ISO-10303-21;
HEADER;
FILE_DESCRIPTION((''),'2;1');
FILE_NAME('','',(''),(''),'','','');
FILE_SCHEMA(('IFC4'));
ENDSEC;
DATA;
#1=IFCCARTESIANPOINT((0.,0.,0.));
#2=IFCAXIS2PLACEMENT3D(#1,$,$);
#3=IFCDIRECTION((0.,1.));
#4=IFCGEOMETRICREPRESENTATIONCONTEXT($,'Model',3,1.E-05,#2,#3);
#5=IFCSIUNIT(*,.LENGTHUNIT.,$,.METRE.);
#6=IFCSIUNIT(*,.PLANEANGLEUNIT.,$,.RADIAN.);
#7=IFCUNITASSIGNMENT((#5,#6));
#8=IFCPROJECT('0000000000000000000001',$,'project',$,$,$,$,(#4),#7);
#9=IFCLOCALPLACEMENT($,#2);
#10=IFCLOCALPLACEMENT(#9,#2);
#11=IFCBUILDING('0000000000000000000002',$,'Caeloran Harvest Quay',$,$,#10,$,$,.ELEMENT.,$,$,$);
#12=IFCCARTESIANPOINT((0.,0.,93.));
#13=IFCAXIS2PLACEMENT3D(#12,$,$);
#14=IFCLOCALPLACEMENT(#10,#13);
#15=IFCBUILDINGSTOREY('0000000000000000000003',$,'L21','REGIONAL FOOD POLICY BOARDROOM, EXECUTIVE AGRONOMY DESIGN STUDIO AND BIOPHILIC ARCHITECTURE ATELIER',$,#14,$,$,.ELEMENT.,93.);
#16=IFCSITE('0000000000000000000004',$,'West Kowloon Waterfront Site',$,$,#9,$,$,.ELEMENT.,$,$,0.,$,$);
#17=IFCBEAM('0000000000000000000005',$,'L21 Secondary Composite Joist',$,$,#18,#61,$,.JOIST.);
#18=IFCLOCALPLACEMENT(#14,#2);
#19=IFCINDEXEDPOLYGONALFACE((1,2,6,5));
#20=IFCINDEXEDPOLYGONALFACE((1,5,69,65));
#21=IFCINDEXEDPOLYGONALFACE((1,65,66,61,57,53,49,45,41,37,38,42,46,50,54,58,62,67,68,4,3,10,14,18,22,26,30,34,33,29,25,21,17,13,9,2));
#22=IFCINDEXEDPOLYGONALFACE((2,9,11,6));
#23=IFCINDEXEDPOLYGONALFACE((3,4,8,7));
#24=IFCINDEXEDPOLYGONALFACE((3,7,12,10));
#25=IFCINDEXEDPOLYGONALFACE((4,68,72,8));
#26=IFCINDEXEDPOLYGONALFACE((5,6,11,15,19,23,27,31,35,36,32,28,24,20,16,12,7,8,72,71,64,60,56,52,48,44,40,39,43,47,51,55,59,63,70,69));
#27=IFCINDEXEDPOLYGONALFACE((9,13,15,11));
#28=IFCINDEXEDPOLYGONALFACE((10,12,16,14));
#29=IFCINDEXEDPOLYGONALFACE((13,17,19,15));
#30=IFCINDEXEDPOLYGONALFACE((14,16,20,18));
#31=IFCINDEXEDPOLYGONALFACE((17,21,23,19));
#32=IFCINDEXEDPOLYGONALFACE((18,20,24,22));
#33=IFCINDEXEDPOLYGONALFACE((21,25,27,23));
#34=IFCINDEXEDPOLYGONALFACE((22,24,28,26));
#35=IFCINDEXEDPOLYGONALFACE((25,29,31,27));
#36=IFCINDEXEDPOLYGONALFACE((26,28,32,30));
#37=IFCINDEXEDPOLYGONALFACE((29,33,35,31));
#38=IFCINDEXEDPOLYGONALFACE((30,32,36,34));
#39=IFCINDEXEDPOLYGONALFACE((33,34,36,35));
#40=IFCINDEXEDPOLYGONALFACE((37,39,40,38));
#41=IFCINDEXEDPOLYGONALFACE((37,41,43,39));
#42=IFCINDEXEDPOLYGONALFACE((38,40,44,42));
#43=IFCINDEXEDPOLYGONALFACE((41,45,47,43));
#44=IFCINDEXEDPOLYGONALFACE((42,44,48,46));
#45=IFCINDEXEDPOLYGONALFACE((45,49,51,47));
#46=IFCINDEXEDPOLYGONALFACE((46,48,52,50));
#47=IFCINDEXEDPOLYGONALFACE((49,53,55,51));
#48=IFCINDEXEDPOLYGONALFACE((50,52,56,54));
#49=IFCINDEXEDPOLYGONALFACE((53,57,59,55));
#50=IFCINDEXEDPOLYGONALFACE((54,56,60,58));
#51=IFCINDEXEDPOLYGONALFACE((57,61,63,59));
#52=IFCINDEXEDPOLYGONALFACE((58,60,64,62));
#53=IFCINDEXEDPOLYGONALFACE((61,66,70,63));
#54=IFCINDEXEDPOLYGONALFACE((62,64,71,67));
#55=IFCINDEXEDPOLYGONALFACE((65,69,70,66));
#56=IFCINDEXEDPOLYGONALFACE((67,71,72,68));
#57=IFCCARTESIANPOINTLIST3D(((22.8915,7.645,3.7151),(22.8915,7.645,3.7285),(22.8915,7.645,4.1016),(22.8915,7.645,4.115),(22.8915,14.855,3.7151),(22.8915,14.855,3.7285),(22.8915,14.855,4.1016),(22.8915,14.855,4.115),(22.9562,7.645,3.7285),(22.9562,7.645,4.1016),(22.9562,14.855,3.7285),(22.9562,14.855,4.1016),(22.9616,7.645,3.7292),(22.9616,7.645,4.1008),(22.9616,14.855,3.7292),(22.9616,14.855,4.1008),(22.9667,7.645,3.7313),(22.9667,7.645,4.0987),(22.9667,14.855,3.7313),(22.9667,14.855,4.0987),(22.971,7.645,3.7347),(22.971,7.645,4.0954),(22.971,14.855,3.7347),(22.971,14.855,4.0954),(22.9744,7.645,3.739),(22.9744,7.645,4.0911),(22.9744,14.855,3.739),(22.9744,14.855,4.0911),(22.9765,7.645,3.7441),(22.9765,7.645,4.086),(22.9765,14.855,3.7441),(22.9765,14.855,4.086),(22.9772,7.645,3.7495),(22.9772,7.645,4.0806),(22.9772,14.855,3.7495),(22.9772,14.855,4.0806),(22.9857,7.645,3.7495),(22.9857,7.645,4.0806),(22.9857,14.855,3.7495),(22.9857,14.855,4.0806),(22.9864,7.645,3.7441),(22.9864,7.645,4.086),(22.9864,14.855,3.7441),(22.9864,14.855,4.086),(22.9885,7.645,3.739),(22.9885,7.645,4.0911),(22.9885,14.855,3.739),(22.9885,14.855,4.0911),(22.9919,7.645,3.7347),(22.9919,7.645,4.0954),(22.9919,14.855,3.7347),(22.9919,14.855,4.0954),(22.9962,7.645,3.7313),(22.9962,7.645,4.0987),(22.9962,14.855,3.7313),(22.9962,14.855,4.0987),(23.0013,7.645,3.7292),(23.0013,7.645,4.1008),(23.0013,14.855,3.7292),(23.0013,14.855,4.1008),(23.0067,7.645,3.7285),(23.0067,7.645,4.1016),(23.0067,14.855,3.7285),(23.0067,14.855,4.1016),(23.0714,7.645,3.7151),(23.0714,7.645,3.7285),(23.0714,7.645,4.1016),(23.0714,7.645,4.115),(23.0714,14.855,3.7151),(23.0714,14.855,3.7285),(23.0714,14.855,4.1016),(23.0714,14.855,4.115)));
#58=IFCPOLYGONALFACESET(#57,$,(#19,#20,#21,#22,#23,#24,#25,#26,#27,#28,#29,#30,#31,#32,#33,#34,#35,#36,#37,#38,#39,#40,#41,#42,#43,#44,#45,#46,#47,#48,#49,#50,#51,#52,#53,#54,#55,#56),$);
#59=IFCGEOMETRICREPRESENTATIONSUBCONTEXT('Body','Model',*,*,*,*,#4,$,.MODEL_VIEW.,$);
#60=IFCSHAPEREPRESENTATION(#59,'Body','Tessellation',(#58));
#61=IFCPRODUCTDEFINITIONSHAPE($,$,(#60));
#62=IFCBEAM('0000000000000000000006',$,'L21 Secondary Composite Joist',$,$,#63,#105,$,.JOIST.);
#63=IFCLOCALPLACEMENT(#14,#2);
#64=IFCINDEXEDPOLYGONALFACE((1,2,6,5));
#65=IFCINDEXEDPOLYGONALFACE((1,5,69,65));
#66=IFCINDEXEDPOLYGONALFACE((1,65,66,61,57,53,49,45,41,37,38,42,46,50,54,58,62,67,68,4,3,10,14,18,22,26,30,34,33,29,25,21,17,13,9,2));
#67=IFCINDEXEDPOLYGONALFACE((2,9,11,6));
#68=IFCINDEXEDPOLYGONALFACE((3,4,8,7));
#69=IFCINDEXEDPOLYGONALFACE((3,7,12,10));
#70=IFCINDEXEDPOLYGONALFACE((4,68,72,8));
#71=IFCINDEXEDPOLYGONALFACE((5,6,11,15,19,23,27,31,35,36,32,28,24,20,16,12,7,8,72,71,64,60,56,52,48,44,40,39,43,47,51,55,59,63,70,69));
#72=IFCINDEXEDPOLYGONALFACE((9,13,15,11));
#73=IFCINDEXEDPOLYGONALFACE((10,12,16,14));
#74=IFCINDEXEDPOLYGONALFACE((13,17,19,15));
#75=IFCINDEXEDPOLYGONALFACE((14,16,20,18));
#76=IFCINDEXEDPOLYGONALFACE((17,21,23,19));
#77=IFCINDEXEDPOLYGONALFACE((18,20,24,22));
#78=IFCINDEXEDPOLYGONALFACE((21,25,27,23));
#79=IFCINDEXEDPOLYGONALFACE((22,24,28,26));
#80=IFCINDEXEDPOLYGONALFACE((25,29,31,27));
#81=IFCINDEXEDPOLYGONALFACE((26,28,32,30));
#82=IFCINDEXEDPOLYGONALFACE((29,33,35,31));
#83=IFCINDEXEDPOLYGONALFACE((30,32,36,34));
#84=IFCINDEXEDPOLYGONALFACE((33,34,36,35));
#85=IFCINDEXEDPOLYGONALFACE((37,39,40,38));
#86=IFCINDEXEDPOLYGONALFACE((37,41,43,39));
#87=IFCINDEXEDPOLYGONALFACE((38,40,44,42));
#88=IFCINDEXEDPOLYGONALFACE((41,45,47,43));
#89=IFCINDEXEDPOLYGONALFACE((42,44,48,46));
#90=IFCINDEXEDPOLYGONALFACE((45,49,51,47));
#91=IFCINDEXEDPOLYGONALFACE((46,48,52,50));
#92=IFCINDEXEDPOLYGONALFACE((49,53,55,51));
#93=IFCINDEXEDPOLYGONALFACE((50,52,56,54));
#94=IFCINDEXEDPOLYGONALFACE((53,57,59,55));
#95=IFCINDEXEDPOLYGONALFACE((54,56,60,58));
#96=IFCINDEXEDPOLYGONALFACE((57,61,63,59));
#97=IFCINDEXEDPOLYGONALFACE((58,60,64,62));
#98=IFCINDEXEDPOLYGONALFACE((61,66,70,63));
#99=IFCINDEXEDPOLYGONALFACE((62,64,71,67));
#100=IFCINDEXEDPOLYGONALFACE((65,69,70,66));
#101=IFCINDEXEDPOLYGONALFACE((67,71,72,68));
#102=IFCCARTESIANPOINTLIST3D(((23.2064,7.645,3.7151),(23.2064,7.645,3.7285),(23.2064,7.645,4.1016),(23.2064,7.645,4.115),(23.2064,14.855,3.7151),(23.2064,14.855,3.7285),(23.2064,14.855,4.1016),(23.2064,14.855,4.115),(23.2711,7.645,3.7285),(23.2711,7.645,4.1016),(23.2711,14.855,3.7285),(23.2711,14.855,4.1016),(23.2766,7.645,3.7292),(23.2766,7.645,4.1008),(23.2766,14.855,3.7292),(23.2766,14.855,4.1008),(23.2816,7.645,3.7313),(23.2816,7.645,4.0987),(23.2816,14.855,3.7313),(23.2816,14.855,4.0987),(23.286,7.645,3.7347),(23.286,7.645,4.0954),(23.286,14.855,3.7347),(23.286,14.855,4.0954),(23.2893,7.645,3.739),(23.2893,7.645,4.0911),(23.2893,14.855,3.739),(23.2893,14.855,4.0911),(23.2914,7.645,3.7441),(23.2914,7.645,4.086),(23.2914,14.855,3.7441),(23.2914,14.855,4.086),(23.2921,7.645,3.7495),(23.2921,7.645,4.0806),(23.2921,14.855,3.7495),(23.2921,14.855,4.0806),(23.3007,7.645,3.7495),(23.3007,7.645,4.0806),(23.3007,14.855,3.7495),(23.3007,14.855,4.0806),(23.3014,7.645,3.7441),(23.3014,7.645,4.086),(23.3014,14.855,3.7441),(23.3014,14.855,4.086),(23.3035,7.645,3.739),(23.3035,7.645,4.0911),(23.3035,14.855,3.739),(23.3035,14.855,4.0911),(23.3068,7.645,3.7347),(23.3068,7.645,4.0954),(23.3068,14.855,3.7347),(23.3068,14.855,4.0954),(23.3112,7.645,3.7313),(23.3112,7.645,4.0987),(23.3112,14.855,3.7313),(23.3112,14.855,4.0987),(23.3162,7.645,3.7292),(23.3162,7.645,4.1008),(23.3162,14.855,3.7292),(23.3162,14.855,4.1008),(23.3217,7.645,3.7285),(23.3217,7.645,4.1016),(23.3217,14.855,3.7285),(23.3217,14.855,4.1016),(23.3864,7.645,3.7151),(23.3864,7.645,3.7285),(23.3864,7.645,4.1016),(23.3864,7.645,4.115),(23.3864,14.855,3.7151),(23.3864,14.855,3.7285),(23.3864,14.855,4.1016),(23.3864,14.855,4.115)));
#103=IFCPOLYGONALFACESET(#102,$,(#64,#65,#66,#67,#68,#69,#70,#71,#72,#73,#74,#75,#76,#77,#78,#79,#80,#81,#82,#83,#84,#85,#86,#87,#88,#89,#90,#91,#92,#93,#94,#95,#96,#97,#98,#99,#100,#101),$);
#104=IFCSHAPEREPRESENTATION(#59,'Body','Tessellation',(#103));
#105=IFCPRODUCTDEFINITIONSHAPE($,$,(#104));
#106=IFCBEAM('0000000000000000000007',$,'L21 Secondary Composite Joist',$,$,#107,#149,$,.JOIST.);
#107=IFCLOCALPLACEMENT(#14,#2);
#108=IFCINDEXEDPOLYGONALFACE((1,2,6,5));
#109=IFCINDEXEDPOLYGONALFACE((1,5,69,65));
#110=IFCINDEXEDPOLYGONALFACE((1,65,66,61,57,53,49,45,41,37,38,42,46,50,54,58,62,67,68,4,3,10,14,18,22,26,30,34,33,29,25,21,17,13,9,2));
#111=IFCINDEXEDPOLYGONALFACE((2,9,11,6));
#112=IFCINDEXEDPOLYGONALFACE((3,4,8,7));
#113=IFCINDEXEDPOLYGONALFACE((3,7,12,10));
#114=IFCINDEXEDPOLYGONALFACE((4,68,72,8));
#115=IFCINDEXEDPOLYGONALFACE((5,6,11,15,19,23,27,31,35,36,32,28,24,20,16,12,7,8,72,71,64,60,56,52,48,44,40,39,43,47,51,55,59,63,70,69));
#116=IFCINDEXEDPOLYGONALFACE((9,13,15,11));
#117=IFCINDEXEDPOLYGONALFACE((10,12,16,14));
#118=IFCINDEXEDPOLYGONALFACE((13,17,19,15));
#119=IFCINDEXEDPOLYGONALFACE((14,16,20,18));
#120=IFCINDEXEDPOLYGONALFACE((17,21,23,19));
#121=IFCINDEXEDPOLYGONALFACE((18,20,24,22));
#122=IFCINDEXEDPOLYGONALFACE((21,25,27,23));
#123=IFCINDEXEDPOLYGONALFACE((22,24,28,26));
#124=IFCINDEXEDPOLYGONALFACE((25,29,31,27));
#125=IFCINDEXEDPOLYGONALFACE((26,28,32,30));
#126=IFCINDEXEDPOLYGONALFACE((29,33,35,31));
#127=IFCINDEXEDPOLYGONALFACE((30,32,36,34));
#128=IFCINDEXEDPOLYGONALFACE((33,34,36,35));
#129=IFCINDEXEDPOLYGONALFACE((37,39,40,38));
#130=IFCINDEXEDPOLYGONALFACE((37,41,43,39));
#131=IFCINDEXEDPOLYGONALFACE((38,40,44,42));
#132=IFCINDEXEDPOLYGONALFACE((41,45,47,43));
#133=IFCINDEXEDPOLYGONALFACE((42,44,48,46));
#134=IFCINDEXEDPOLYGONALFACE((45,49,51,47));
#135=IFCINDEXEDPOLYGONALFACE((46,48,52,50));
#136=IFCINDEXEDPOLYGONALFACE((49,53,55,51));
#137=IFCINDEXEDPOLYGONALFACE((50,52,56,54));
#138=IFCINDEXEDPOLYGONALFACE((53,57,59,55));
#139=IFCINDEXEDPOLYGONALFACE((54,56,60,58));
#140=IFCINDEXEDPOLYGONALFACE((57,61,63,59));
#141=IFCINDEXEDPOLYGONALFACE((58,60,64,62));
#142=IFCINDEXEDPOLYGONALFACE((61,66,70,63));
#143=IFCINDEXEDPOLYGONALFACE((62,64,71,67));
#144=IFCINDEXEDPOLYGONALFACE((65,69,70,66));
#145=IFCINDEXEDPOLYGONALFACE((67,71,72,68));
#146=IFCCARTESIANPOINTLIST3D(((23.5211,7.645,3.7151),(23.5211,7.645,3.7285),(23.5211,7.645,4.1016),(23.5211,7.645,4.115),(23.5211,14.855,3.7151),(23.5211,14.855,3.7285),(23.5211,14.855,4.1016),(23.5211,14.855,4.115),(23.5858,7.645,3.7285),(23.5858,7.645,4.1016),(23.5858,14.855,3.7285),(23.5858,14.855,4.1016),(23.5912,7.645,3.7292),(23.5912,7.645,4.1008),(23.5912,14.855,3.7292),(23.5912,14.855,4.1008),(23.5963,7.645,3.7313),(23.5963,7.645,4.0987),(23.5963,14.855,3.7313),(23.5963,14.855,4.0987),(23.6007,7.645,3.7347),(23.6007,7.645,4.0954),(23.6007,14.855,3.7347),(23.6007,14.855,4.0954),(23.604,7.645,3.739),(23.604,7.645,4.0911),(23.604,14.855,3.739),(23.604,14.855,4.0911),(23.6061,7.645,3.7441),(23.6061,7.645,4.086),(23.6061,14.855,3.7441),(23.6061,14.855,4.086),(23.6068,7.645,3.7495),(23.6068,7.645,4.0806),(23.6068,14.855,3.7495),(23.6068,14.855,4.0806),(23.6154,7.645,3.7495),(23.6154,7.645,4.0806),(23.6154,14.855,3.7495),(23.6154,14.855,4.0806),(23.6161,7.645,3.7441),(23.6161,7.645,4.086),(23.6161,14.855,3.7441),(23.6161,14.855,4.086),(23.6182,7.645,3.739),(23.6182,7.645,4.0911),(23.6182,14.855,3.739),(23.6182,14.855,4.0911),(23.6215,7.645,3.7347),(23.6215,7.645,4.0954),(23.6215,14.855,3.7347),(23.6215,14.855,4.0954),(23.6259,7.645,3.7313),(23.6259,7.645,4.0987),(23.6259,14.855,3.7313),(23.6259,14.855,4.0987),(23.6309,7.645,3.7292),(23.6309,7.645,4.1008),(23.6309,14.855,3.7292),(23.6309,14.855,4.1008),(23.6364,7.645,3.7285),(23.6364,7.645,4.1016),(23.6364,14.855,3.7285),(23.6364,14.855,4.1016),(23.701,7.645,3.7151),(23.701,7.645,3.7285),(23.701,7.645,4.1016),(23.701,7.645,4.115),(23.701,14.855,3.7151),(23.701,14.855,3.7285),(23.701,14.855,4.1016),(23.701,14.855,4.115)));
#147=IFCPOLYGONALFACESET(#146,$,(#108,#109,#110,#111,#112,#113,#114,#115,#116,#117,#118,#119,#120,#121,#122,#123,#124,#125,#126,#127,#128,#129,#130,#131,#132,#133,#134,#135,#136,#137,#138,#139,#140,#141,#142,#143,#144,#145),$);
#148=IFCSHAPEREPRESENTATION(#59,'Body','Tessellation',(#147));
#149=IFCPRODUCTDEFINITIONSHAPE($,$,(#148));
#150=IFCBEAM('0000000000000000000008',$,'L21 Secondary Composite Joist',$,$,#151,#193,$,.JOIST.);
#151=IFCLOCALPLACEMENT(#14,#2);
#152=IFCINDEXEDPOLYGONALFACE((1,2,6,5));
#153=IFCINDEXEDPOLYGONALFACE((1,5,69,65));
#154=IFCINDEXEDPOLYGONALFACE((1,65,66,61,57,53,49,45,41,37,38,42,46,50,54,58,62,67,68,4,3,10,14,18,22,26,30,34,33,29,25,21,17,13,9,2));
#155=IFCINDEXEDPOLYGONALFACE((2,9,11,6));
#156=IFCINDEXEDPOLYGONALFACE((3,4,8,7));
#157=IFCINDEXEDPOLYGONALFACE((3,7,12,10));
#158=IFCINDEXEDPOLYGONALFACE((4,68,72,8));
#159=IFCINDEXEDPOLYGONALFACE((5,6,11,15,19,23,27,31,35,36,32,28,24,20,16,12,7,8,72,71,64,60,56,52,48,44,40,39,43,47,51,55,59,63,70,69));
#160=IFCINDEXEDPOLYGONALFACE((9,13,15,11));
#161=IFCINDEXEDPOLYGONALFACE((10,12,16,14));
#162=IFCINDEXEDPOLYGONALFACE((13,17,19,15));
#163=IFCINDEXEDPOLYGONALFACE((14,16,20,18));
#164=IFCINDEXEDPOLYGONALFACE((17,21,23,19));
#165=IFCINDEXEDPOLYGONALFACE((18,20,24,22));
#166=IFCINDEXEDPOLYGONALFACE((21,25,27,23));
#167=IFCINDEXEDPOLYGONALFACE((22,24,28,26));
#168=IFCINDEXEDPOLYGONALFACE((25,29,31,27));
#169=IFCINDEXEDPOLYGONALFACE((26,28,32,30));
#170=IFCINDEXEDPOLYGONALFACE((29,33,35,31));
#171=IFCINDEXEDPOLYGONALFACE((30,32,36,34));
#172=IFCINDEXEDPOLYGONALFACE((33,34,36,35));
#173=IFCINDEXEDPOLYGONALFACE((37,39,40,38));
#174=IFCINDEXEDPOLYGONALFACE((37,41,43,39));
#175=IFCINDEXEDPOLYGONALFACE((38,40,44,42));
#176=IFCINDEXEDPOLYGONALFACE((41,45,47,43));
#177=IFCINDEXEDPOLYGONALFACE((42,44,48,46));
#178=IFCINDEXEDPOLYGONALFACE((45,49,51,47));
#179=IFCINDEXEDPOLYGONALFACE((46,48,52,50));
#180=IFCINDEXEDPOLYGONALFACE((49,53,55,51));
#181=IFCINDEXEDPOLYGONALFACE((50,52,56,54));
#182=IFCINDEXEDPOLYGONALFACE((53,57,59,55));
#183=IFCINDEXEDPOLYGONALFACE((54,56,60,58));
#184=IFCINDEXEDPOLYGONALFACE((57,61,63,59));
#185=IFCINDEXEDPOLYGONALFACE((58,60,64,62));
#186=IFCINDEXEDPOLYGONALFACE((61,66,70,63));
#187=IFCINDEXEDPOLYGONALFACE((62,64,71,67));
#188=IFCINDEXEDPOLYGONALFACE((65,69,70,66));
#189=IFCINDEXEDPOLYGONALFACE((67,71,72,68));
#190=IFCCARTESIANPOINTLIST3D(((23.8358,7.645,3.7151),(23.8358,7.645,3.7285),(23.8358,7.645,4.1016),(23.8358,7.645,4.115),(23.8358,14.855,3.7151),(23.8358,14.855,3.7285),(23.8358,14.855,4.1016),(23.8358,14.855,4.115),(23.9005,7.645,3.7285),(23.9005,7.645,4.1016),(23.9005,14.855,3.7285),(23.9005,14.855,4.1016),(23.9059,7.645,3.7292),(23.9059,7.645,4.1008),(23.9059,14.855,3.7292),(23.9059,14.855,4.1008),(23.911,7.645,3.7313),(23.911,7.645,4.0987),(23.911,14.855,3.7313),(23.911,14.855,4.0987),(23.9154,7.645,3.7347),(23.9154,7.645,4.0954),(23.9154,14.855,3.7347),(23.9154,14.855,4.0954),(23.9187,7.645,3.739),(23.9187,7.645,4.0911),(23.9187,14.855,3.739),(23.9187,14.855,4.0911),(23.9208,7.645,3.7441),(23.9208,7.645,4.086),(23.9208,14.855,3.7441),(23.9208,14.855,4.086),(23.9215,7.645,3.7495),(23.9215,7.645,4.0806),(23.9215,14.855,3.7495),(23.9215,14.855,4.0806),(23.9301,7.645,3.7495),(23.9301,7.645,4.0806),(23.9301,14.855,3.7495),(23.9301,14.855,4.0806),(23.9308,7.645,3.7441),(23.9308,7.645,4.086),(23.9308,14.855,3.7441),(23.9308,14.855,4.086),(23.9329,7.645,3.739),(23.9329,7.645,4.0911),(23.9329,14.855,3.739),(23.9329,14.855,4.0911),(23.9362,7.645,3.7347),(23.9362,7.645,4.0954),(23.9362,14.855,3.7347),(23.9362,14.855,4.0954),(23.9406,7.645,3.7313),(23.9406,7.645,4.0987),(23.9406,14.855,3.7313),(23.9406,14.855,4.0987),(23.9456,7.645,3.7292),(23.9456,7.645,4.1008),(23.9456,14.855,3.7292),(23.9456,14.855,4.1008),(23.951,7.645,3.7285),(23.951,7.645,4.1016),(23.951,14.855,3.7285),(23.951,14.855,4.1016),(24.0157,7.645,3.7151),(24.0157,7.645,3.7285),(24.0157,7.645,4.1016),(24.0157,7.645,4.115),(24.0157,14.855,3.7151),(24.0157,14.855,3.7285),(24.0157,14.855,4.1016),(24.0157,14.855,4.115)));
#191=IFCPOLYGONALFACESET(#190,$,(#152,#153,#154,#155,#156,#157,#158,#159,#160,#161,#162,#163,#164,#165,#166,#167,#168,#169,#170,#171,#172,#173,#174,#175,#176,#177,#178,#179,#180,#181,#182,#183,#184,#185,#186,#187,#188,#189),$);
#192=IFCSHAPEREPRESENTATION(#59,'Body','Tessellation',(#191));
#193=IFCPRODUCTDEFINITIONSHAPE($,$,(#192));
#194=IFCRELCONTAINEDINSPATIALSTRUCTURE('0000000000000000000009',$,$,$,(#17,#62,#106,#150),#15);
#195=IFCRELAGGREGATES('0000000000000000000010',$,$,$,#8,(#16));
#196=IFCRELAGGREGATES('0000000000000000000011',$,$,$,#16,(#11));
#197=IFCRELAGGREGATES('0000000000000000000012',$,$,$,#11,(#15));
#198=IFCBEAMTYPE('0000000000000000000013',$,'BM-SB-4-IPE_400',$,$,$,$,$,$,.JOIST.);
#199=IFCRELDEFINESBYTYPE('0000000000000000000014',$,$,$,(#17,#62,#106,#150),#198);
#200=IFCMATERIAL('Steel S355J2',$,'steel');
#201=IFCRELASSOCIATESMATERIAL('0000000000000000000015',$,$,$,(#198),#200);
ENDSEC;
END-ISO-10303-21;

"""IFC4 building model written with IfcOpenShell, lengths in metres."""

from ifc_helpers import new_model, si_unit, direction, frame, origin, origin_2d, place, context, subcontext, project, spatial, i_section, extrude, material, material_profile, profile_set, type_object, element, save


model = new_model("IFC4")

# Units and contexts
model_context = context("Model", 3, precision=1e-05, world=origin(), true_north=direction((0.0, 1.0)))
body_context = subcontext(model_context, "Body", "Model", "MODEL_VIEW")
ifc_project = project(units=[si_unit("LENGTHUNIT", "METRE"), si_unit("PLANEANGLEUNIT", "RADIAN")], contexts=[model_context])

# Site, building, storey
site_placement = place(None, origin())
site = spatial("IfcSite", under=ifc_project, at=site_placement, Name="West Kowloon Waterfront Site", CompositionType="ELEMENT", RefElevation=0.0)
building_placement = place(site_placement, origin())
building = spatial("IfcBuilding", under=site, at=building_placement, Name="Caeloran Harvest Quay", CompositionType="ELEMENT")
storey_placement = place(building_placement, frame((0.0, 0.0, 93.0)))
storey = spatial("IfcBuildingStorey", under=building, at=storey_placement, Name="L21", Description="REGIONAL FOOD POLICY BOARDROOM, EXECUTIVE AGRONOMY DESIGN STUDIO AND BIOPHILIC ARCHITECTURE ATELIER", CompositionType="ELEMENT", Elevation=93.0)

# Beams
ifc_material_1 = material(Name="Steel S355J2", Category="steel")
ifc_material_profile_1 = material_profile(ifc_material_1, i_section(OverallWidth=0.1799, OverallDepth=0.3999, WebThickness=0.0085, FlangeThickness=0.0134, FilletRadius=0.021, at=origin_2d()), Name="IPE 400")
ifc_profile_set_1 = profile_set([ifc_material_profile_1], Name="Steel S355J2")
beam_type_1 = type_object("IfcBeamType", Name="BM-SB-4-IPE_400", PredefinedType="JOIST", material=ifc_profile_set_1)
for number, where, z_axis, x_axis, name in (
    (1, (22.9814, 7.645, 3.915), (0.0, 1.0, 0.0), (-1.0, 0.0, 0.0), "L21 Secondary Composite Joist"),
    (2, (23.2964, 7.645, 3.915), (0.0, 1.0, 0.0), (-1.0, 0.0, 0.0), "L21 Secondary Composite Joist"),
    (3, (23.6111, 7.645, 3.915), (0.0, 1.0, 0.0), (-1.0, 0.0, 0.0), "L21 Secondary Composite Joist"),
    (4, (23.9258, 7.645, 3.915), (0.0, 1.0, 0.0), (-1.0, 0.0, 0.0), "L21 Secondary Composite Joist"),
):
    element("IfcBeam", number, at=place(storey_placement, frame(where, z_axis=z_axis, x_axis=x_axis)), inside=storey, type_object=beam_type_1, Name=name, PredefinedType="JOIST", context=body_context, shape_type="SweptSolid", body=[
        extrude(i_section(OverallWidth=0.1799, OverallDepth=0.3999, WebThickness=0.0085, FlangeThickness=0.0134, FilletRadius=0.021, at=origin_2d()), origin(), (0.0, 0.0, 1.0), 7.21),
    ])

save(model, "model.ifc")
